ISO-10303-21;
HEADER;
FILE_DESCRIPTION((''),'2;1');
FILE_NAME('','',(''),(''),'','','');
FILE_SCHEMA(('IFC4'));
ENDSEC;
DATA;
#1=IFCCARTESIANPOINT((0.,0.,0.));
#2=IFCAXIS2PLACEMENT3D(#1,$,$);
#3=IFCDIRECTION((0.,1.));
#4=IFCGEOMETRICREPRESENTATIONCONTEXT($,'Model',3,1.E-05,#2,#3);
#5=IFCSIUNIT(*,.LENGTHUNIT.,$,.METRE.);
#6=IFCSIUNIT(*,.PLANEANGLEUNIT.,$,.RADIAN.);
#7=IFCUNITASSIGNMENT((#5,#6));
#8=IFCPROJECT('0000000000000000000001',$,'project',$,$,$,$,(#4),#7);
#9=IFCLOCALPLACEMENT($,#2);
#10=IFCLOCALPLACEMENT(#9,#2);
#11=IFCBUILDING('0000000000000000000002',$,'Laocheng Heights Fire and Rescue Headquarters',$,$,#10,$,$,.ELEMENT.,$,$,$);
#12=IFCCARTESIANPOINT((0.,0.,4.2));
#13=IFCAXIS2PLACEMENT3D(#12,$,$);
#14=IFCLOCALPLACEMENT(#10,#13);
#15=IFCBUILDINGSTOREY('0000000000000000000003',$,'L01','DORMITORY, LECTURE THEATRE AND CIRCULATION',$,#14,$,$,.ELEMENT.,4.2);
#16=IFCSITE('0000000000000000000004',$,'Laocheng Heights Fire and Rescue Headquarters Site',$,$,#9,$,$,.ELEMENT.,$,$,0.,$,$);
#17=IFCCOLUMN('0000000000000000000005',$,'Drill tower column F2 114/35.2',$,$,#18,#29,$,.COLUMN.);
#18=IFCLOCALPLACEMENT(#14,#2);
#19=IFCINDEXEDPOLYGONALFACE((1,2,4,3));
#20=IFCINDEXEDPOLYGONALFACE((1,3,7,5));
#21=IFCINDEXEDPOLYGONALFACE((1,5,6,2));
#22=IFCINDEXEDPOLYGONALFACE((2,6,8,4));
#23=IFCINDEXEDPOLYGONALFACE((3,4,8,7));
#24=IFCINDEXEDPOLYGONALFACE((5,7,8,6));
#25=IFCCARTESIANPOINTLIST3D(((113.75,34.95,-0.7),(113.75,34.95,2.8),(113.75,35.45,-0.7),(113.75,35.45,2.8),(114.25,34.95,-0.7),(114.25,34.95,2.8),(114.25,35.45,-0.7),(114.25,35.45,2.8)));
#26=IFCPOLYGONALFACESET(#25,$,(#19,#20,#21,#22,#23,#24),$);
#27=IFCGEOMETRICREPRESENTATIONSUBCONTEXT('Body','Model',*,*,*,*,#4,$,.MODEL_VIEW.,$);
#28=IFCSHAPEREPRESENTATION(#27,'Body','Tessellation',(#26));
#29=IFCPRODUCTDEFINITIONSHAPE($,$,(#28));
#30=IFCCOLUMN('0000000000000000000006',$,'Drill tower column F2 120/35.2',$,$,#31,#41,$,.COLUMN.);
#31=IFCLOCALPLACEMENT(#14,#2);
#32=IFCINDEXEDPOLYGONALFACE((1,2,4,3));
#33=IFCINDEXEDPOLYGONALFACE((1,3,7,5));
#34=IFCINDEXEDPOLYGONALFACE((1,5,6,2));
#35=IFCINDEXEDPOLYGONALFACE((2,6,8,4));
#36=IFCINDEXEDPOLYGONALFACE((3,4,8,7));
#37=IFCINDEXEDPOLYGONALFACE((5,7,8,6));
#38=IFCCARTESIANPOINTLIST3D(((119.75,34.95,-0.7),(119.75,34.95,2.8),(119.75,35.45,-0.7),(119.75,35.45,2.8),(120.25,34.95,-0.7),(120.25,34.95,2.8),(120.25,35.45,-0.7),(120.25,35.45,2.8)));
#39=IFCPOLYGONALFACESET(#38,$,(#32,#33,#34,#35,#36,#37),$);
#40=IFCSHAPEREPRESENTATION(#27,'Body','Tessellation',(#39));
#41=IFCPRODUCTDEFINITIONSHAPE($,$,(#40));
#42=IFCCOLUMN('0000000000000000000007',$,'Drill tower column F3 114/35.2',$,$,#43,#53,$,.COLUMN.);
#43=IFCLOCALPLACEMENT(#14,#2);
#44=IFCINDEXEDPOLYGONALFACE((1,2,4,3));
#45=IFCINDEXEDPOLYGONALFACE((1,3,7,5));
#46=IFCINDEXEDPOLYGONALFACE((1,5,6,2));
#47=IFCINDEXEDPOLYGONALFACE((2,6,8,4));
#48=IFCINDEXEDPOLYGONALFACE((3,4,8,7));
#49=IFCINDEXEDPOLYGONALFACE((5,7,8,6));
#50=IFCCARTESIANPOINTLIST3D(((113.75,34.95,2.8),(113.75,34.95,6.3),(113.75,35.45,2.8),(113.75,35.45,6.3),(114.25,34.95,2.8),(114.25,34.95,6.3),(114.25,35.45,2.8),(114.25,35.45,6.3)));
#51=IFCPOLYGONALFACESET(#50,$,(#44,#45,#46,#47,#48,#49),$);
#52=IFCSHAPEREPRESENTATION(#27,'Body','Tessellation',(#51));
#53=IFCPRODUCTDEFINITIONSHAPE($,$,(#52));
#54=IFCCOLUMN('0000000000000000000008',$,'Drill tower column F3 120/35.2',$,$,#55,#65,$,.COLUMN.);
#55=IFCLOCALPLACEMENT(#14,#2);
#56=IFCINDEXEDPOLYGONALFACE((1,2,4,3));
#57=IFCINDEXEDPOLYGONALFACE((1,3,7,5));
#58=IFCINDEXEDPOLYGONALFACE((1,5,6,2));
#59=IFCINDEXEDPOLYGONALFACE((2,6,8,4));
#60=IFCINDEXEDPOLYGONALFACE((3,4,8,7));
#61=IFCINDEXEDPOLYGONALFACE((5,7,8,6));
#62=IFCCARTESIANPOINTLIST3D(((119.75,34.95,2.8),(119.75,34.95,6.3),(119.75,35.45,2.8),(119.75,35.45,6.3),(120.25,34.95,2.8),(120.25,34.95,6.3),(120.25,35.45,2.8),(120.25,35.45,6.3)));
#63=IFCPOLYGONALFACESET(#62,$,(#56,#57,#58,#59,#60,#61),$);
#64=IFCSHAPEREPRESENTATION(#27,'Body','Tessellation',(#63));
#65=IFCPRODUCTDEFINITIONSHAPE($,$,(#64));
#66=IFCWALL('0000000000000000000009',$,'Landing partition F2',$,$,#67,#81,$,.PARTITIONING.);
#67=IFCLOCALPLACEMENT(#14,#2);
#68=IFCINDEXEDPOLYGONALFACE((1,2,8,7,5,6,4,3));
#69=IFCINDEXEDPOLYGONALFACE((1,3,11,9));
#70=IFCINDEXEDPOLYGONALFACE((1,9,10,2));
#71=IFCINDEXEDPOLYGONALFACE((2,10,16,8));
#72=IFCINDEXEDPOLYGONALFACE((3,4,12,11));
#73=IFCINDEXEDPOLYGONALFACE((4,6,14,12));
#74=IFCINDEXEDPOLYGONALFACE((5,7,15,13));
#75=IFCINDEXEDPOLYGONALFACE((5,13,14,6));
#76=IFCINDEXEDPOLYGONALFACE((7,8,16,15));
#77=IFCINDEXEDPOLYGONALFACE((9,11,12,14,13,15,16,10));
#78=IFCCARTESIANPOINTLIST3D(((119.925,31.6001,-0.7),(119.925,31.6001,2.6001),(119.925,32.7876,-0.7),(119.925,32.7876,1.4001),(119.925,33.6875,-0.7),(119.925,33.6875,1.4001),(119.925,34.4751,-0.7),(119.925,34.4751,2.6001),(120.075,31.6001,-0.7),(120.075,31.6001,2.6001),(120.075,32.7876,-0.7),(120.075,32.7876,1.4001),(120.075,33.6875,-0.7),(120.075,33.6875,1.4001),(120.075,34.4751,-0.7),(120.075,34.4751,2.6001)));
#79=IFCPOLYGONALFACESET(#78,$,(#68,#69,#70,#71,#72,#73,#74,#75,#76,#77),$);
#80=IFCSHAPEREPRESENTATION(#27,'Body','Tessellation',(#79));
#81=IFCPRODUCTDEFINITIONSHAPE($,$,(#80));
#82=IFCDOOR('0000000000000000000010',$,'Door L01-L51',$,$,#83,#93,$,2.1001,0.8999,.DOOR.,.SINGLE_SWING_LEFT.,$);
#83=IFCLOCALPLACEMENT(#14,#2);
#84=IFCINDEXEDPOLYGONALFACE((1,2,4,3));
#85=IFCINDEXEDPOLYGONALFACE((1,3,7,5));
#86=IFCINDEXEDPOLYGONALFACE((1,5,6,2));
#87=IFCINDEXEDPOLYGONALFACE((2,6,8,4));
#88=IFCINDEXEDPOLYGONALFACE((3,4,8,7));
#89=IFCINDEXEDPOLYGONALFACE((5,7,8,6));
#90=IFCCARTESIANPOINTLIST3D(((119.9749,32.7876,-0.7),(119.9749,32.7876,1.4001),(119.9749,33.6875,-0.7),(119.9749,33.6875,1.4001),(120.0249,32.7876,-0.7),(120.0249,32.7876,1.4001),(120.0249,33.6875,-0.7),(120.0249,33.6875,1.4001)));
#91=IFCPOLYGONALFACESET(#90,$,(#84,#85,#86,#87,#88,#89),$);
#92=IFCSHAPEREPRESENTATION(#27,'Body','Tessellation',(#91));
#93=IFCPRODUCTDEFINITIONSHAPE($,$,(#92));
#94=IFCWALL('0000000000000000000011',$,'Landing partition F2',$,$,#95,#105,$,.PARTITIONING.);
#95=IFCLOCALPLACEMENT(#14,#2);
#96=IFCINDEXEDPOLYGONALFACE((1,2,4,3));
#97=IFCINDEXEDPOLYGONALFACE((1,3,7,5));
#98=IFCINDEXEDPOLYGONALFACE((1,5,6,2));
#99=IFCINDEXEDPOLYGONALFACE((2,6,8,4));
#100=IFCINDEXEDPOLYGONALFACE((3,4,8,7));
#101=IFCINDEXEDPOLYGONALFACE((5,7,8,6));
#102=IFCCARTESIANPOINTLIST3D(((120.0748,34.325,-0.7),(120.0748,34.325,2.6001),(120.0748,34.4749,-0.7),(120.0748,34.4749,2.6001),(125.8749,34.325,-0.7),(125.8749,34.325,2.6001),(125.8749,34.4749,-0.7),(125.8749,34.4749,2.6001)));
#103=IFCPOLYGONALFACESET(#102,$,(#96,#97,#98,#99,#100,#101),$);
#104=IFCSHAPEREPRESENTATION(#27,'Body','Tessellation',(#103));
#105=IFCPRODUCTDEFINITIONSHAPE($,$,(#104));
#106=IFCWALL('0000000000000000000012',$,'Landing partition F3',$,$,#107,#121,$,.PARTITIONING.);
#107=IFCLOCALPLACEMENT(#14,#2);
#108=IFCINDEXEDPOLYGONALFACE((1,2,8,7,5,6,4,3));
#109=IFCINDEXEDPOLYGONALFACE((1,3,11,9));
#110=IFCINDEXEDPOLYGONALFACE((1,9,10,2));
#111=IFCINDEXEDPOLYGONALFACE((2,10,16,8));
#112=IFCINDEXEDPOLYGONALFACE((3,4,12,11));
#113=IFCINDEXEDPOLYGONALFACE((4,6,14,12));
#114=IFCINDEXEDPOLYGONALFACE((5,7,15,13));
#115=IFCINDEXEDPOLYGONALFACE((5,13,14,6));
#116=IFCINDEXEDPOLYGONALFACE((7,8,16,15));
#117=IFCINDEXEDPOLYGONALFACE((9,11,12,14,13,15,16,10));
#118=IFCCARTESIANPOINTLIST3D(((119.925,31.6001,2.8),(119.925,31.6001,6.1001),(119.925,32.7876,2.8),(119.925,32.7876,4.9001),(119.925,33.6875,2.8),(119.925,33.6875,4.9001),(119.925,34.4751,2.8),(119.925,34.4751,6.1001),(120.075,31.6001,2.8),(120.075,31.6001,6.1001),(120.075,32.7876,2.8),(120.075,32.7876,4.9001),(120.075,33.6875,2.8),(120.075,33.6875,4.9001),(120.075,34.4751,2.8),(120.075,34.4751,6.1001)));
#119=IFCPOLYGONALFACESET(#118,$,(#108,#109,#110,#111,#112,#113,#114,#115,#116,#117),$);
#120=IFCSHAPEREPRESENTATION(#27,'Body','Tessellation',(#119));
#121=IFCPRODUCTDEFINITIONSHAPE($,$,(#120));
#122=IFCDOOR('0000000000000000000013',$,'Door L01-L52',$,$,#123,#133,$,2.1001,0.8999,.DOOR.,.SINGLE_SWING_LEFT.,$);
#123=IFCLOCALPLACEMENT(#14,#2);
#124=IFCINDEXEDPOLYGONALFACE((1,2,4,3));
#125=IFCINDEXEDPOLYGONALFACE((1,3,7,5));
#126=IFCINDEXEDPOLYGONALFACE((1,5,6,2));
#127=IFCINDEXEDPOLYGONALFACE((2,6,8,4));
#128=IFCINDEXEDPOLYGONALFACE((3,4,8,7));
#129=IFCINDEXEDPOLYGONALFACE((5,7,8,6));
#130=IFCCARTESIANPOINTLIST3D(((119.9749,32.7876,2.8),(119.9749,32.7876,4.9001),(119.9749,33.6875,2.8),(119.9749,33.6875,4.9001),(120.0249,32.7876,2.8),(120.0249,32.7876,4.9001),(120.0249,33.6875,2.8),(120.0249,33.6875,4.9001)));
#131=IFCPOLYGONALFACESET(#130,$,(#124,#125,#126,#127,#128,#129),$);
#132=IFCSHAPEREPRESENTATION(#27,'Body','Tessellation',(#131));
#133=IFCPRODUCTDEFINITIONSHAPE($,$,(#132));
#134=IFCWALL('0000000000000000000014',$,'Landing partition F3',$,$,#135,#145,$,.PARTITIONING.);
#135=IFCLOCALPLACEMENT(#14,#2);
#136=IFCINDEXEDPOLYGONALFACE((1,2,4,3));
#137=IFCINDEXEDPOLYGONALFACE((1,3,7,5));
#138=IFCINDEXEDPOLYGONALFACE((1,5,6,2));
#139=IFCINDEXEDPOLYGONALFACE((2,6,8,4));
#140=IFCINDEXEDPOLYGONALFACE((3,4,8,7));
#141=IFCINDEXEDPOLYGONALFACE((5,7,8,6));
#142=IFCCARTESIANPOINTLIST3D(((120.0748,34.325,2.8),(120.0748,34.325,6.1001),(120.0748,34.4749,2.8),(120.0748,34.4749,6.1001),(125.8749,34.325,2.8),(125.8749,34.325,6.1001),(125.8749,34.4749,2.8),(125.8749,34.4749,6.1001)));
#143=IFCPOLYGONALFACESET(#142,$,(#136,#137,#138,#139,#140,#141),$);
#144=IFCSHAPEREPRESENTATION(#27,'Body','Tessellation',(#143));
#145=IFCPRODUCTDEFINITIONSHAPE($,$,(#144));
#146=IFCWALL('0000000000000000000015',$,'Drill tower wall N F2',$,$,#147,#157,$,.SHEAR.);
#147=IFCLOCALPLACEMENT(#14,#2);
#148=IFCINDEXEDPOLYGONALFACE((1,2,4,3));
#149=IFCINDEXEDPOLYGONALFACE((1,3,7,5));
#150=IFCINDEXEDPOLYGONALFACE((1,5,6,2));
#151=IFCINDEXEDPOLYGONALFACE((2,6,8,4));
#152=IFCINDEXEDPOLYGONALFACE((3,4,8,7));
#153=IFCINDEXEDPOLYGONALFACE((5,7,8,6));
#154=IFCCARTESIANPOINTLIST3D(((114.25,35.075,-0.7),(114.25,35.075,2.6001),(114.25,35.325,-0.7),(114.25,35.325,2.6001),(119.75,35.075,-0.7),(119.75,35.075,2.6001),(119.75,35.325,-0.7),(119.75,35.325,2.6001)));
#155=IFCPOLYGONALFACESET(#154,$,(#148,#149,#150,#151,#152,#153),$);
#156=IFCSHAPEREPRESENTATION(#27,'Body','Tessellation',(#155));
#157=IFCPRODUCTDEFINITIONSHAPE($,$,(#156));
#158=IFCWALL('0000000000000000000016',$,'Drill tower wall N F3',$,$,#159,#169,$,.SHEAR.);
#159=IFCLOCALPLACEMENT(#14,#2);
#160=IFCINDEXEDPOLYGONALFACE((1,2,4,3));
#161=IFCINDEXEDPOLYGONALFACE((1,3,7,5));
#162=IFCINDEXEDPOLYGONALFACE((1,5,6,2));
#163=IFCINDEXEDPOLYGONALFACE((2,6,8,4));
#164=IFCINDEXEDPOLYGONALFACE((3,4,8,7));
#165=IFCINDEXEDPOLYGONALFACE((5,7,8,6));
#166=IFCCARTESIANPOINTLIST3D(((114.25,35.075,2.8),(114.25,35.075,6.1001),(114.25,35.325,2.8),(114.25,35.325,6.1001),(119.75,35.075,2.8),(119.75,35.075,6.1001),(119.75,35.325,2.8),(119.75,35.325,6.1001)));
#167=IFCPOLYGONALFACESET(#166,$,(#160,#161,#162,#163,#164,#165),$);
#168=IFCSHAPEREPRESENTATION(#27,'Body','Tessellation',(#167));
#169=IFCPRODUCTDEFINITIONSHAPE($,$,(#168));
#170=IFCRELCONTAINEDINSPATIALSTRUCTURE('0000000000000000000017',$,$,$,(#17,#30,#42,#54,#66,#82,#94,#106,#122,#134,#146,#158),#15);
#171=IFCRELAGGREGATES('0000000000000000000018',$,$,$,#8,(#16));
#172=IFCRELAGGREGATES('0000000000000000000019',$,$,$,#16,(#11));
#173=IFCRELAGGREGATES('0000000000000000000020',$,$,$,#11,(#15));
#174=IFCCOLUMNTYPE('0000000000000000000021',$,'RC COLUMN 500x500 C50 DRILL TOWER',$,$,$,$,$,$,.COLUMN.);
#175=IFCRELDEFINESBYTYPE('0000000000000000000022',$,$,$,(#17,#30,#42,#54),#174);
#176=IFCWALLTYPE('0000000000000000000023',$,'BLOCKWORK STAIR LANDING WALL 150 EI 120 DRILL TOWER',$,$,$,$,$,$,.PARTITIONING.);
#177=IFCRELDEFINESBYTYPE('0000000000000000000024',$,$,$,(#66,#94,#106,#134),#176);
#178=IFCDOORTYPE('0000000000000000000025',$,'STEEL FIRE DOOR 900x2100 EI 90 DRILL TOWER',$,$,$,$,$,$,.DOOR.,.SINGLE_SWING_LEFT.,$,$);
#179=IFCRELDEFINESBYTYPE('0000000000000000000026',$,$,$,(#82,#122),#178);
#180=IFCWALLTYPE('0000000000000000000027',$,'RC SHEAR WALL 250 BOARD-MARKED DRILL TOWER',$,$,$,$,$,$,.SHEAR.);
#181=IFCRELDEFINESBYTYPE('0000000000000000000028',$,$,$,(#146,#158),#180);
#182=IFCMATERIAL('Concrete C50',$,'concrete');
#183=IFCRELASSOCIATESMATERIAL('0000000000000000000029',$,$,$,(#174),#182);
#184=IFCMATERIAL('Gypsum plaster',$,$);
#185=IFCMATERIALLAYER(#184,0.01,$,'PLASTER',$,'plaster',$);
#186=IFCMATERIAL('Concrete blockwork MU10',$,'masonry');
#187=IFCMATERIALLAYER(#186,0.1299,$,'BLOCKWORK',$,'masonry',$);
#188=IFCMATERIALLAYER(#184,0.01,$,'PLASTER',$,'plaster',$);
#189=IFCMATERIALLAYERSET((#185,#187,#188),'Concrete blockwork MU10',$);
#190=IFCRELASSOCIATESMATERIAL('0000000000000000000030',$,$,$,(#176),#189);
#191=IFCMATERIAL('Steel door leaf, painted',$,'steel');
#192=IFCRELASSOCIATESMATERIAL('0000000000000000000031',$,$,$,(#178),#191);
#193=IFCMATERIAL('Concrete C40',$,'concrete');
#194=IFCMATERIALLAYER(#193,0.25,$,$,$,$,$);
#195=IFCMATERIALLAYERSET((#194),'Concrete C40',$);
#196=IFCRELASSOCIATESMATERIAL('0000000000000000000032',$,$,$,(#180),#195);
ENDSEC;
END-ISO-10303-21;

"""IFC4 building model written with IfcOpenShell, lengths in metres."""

from ifc_helpers import new_model, si_unit, direction, frame, frame_2d, origin, origin_2d, place, context, subcontext, project, spatial, rectangle, extrude, material, layer, layer_set, material_profile, profile_set, type_object, element, fill, save


model = new_model("IFC4")

# Units and contexts
model_context = context("Model", 3, precision=1e-05, world=origin(), true_north=direction((0.0, 1.0)))
body_context = subcontext(model_context, "Body", "Model", "MODEL_VIEW")
ifc_project = project(units=[si_unit("LENGTHUNIT", "METRE"), si_unit("PLANEANGLEUNIT", "RADIAN")], contexts=[model_context])

# Site, building, storey
site_placement = place(None, origin())
site = spatial("IfcSite", under=ifc_project, at=site_placement, Name="Laocheng Heights Fire and Rescue Headquarters Site", CompositionType="ELEMENT", RefElevation=0.0)
building_placement = place(site_placement, origin())
building = spatial("IfcBuilding", under=site, at=building_placement, Name="Laocheng Heights Fire and Rescue Headquarters", CompositionType="ELEMENT")
storey_placement = place(building_placement, frame((0.0, 0.0, 4.2)))
storey = spatial("IfcBuildingStorey", under=building, at=storey_placement, Name="L01", Description="DORMITORY, LECTURE THEATRE AND CIRCULATION", CompositionType="ELEMENT", Elevation=4.2)

# Columns
ifc_material_1 = material(Name="Concrete C50", Category="concrete")
ifc_material_profile = material_profile(ifc_material_1, rectangle(XDim=0.5, YDim=0.5, at=origin_2d()), Name="RC COLUMN 500x500 C50 DRILL TOWER")
ifc_profile_set = profile_set([ifc_material_profile], Name="Concrete C50")
column_type = type_object("IfcColumnType", Name="RC COLUMN 500x500 C50 DRILL TOWER", PredefinedType="COLUMN", material=ifc_profile_set)
for number, where, z_axis, x_axis, name in (
    (1, (114.0, 35.2, -0.7), (0.0, 0.0, 1.0), (1.0, 0.0, 0.0), "Drill tower column F2 114/35.2"),
    (2, (120.0, 35.2, -0.7), (0.0, 0.0, 1.0), (1.0, 0.0, 0.0), "Drill tower column F2 120/35.2"),
    (3, (114.0, 35.2, 2.8), (0.0, 0.0, 1.0), (1.0, 0.0, 0.0), "Drill tower column F3 114/35.2"),
    (4, (120.0, 35.2, 2.8), (0.0, 0.0, 1.0), (1.0, 0.0, 0.0), "Drill tower column F3 120/35.2"),
):
    element("IfcColumn", number, at=place(storey_placement, frame(where, z_axis=z_axis, x_axis=x_axis)), inside=storey, type_object=column_type, Name=name, PredefinedType="COLUMN", context=body_context, shape_type="SweptSolid", body=[
        extrude(rectangle(XDim=0.5, YDim=0.5, at=origin_2d()), origin(), (0.0, 0.0, 1.0), 3.5),
    ])

# Wall, opening, door
ifc_material_2 = material(Name="Gypsum plaster")
ifc_layer_1 = layer(ifc_material_2, 0.01, Name="PLASTER", Category="plaster")
ifc_material_3 = material(Name="Concrete blockwork MU10", Category="masonry")
ifc_layer_2 = layer(ifc_material_3, 0.1299, Name="BLOCKWORK", Category="masonry")
ifc_layer_3 = layer(ifc_material_2, 0.01, Name="PLASTER", Category="plaster")
ifc_layer_set_1 = layer_set([ifc_layer_1, ifc_layer_2, ifc_layer_3], Name="Concrete blockwork MU10")
wall_type_1 = type_object("IfcWallType", Name="BLOCKWORK STAIR LANDING WALL 150 EI 120 DRILL TOWER", PredefinedType="PARTITIONING", material=ifc_layer_set_1)
wall_1_placement = place(storey_placement, frame((120.0, 31.6001, -0.7), z_axis=(0.0, 0.0, 1.0), x_axis=(0.0, 1.0, 0.0)))
wall_1 = element("IfcWall", 5, at=wall_1_placement, inside=storey, type_object=wall_type_1, Name="Landing partition F2", PredefinedType="PARTITIONING", context=body_context, shape_type="SweptSolid", body=[
    extrude(rectangle(XDim=2.875, YDim=0.1499, at=frame_2d((1.4375, 0.0))), origin(), (0.0, 0.0, 1.0), 3.3),
])
opening_1_placement = place(wall_1_placement, frame((1.1875, 0.0, 0.0)))
opening_1 = element("IfcOpeningElement", 6, at=opening_1_placement, cuts=wall_1, PredefinedType="OPENING", context=body_context, shape_type="SweptSolid", body=[
    extrude(rectangle(XDim=0.8999, YDim=2.1001, at=frame_2d((0.45, 1.05))), frame((0.0, 0.085, 0.0), z_axis=(0.0, -1.0, 0.0), x_axis=(1.0, 0.0, 0.0)), (0.0, 0.0, 1.0), 0.1699),
])
ifc_material_4 = material(Name="Steel door leaf, painted", Category="steel")
door_type_1 = type_object("IfcDoorType", Name="STEEL FIRE DOOR 900x2100 EI 90 DRILL TOWER", OperationType="SINGLE_SWING_LEFT", PredefinedType="DOOR", material=ifc_material_4)
door_1_placement = place(opening_1_placement, frame((0.8999, 0.0, 0.0), z_axis=(0.0, 0.0, 1.0), x_axis=(-1.0, 0.0, 0.0)))
door_1 = element("IfcDoor", 7, at=door_1_placement, inside=storey, type_object=door_type_1, Name="Door L01-L51", OperationType="SINGLE_SWING_LEFT", OverallHeight=2.1001, OverallWidth=0.8999, PredefinedType="DOOR", context=body_context, shape_type="SweptSolid", body=[
    extrude(rectangle(XDim=0.8999, YDim=2.1001, at=frame_2d((0.45, 1.05))), frame((0.0, 0.0249, 0.0), z_axis=(0.0, -1.0, 0.0), x_axis=(1.0, 0.0, 0.0)), (0.0, 0.0, 1.0), 0.05),
])
fill(opening_1, door_1)

# Wall
wall_2_placement = place(storey_placement, frame((120.075, 34.3999, -0.7), z_axis=(0.0, 0.0, 1.0), x_axis=(1.0, 0.0, 0.0)))
element("IfcWall", 8, at=wall_2_placement, inside=storey, type_object=wall_type_1, Name="Landing partition F2", PredefinedType="PARTITIONING", context=body_context, shape_type="SweptSolid", body=[
    extrude(rectangle(XDim=5.8, YDim=0.1499, at=frame_2d((2.8999, 0.0))), origin(), (0.0, 0.0, 1.0), 3.3),
])

# Wall, opening, door
wall_3_placement = place(storey_placement, frame((120.0, 31.6001, 2.8), z_axis=(0.0, 0.0, 1.0), x_axis=(0.0, 1.0, 0.0)))
wall_3 = element("IfcWall", 9, at=wall_3_placement, inside=storey, type_object=wall_type_1, Name="Landing partition F3", PredefinedType="PARTITIONING", context=body_context, shape_type="SweptSolid", body=[
    extrude(rectangle(XDim=2.875, YDim=0.1499, at=frame_2d((1.4375, 0.0))), origin(), (0.0, 0.0, 1.0), 3.3),
])
opening_2_placement = place(wall_3_placement, frame((1.1875, 0.0, 0.0)))
opening_2 = element("IfcOpeningElement", 10, at=opening_2_placement, cuts=wall_3, PredefinedType="OPENING", context=body_context, shape_type="SweptSolid", body=[
    extrude(rectangle(XDim=0.8999, YDim=2.1001, at=frame_2d((0.45, 1.05))), frame((0.0, 0.085, 0.0), z_axis=(0.0, -1.0, 0.0), x_axis=(1.0, 0.0, 0.0)), (0.0, 0.0, 1.0), 0.1699),
])
door_2_placement = place(opening_2_placement, frame((0.8999, 0.0, 0.0), z_axis=(0.0, 0.0, 1.0), x_axis=(-1.0, 0.0, 0.0)))
door_2 = element("IfcDoor", 11, at=door_2_placement, inside=storey, type_object=door_type_1, Name="Door L01-L52", OperationType="SINGLE_SWING_LEFT", OverallHeight=2.1001, OverallWidth=0.8999, PredefinedType="DOOR", context=body_context, shape_type="SweptSolid", body=[
    extrude(rectangle(XDim=0.8999, YDim=2.1001, at=frame_2d((0.45, 1.05))), frame((0.0, 0.0249, 0.0), z_axis=(0.0, -1.0, 0.0), x_axis=(1.0, 0.0, 0.0)), (0.0, 0.0, 1.0), 0.05),
])
fill(opening_2, door_2)

# Walls
wall_4_placement = place(storey_placement, frame((120.075, 34.3999, 2.8), z_axis=(0.0, 0.0, 1.0), x_axis=(1.0, 0.0, 0.0)))
element("IfcWall", 12, at=wall_4_placement, inside=storey, type_object=wall_type_1, Name="Landing partition F3", PredefinedType="PARTITIONING", context=body_context, shape_type="SweptSolid", body=[
    extrude(rectangle(XDim=5.8, YDim=0.1499, at=frame_2d((2.8999, 0.0))), origin(), (0.0, 0.0, 1.0), 3.3),
])
ifc_material_5 = material(Name="Concrete C40", Category="concrete")
ifc_layer_4 = layer(ifc_material_5, 0.25)
ifc_layer_set_2 = layer_set([ifc_layer_4], Name="Concrete C40")
wall_type_2 = type_object("IfcWallType", Name="RC SHEAR WALL 250 BOARD-MARKED DRILL TOWER", PredefinedType="SHEAR", material=ifc_layer_set_2)
for number, where, z_axis, x_axis, name in (
    (13, (114.25, 35.2, -0.7), (0.0, 0.0, 1.0), (1.0, 0.0, 0.0), "Drill tower wall N F2"),
    (14, (114.25, 35.2, 2.8), (0.0, 0.0, 1.0), (1.0, 0.0, 0.0), "Drill tower wall N F3"),
):
    element("IfcWall", number, at=place(storey_placement, frame(where, z_axis=z_axis, x_axis=x_axis)), inside=storey, type_object=wall_type_2, Name=name, PredefinedType="SHEAR", context=body_context, shape_type="SweptSolid", body=[
        extrude(rectangle(XDim=5.5, YDim=0.25, at=frame_2d((2.75, 0.0))), origin(), (0.0, 0.0, 1.0), 3.3),
    ])

save(model, "model.ifc")
